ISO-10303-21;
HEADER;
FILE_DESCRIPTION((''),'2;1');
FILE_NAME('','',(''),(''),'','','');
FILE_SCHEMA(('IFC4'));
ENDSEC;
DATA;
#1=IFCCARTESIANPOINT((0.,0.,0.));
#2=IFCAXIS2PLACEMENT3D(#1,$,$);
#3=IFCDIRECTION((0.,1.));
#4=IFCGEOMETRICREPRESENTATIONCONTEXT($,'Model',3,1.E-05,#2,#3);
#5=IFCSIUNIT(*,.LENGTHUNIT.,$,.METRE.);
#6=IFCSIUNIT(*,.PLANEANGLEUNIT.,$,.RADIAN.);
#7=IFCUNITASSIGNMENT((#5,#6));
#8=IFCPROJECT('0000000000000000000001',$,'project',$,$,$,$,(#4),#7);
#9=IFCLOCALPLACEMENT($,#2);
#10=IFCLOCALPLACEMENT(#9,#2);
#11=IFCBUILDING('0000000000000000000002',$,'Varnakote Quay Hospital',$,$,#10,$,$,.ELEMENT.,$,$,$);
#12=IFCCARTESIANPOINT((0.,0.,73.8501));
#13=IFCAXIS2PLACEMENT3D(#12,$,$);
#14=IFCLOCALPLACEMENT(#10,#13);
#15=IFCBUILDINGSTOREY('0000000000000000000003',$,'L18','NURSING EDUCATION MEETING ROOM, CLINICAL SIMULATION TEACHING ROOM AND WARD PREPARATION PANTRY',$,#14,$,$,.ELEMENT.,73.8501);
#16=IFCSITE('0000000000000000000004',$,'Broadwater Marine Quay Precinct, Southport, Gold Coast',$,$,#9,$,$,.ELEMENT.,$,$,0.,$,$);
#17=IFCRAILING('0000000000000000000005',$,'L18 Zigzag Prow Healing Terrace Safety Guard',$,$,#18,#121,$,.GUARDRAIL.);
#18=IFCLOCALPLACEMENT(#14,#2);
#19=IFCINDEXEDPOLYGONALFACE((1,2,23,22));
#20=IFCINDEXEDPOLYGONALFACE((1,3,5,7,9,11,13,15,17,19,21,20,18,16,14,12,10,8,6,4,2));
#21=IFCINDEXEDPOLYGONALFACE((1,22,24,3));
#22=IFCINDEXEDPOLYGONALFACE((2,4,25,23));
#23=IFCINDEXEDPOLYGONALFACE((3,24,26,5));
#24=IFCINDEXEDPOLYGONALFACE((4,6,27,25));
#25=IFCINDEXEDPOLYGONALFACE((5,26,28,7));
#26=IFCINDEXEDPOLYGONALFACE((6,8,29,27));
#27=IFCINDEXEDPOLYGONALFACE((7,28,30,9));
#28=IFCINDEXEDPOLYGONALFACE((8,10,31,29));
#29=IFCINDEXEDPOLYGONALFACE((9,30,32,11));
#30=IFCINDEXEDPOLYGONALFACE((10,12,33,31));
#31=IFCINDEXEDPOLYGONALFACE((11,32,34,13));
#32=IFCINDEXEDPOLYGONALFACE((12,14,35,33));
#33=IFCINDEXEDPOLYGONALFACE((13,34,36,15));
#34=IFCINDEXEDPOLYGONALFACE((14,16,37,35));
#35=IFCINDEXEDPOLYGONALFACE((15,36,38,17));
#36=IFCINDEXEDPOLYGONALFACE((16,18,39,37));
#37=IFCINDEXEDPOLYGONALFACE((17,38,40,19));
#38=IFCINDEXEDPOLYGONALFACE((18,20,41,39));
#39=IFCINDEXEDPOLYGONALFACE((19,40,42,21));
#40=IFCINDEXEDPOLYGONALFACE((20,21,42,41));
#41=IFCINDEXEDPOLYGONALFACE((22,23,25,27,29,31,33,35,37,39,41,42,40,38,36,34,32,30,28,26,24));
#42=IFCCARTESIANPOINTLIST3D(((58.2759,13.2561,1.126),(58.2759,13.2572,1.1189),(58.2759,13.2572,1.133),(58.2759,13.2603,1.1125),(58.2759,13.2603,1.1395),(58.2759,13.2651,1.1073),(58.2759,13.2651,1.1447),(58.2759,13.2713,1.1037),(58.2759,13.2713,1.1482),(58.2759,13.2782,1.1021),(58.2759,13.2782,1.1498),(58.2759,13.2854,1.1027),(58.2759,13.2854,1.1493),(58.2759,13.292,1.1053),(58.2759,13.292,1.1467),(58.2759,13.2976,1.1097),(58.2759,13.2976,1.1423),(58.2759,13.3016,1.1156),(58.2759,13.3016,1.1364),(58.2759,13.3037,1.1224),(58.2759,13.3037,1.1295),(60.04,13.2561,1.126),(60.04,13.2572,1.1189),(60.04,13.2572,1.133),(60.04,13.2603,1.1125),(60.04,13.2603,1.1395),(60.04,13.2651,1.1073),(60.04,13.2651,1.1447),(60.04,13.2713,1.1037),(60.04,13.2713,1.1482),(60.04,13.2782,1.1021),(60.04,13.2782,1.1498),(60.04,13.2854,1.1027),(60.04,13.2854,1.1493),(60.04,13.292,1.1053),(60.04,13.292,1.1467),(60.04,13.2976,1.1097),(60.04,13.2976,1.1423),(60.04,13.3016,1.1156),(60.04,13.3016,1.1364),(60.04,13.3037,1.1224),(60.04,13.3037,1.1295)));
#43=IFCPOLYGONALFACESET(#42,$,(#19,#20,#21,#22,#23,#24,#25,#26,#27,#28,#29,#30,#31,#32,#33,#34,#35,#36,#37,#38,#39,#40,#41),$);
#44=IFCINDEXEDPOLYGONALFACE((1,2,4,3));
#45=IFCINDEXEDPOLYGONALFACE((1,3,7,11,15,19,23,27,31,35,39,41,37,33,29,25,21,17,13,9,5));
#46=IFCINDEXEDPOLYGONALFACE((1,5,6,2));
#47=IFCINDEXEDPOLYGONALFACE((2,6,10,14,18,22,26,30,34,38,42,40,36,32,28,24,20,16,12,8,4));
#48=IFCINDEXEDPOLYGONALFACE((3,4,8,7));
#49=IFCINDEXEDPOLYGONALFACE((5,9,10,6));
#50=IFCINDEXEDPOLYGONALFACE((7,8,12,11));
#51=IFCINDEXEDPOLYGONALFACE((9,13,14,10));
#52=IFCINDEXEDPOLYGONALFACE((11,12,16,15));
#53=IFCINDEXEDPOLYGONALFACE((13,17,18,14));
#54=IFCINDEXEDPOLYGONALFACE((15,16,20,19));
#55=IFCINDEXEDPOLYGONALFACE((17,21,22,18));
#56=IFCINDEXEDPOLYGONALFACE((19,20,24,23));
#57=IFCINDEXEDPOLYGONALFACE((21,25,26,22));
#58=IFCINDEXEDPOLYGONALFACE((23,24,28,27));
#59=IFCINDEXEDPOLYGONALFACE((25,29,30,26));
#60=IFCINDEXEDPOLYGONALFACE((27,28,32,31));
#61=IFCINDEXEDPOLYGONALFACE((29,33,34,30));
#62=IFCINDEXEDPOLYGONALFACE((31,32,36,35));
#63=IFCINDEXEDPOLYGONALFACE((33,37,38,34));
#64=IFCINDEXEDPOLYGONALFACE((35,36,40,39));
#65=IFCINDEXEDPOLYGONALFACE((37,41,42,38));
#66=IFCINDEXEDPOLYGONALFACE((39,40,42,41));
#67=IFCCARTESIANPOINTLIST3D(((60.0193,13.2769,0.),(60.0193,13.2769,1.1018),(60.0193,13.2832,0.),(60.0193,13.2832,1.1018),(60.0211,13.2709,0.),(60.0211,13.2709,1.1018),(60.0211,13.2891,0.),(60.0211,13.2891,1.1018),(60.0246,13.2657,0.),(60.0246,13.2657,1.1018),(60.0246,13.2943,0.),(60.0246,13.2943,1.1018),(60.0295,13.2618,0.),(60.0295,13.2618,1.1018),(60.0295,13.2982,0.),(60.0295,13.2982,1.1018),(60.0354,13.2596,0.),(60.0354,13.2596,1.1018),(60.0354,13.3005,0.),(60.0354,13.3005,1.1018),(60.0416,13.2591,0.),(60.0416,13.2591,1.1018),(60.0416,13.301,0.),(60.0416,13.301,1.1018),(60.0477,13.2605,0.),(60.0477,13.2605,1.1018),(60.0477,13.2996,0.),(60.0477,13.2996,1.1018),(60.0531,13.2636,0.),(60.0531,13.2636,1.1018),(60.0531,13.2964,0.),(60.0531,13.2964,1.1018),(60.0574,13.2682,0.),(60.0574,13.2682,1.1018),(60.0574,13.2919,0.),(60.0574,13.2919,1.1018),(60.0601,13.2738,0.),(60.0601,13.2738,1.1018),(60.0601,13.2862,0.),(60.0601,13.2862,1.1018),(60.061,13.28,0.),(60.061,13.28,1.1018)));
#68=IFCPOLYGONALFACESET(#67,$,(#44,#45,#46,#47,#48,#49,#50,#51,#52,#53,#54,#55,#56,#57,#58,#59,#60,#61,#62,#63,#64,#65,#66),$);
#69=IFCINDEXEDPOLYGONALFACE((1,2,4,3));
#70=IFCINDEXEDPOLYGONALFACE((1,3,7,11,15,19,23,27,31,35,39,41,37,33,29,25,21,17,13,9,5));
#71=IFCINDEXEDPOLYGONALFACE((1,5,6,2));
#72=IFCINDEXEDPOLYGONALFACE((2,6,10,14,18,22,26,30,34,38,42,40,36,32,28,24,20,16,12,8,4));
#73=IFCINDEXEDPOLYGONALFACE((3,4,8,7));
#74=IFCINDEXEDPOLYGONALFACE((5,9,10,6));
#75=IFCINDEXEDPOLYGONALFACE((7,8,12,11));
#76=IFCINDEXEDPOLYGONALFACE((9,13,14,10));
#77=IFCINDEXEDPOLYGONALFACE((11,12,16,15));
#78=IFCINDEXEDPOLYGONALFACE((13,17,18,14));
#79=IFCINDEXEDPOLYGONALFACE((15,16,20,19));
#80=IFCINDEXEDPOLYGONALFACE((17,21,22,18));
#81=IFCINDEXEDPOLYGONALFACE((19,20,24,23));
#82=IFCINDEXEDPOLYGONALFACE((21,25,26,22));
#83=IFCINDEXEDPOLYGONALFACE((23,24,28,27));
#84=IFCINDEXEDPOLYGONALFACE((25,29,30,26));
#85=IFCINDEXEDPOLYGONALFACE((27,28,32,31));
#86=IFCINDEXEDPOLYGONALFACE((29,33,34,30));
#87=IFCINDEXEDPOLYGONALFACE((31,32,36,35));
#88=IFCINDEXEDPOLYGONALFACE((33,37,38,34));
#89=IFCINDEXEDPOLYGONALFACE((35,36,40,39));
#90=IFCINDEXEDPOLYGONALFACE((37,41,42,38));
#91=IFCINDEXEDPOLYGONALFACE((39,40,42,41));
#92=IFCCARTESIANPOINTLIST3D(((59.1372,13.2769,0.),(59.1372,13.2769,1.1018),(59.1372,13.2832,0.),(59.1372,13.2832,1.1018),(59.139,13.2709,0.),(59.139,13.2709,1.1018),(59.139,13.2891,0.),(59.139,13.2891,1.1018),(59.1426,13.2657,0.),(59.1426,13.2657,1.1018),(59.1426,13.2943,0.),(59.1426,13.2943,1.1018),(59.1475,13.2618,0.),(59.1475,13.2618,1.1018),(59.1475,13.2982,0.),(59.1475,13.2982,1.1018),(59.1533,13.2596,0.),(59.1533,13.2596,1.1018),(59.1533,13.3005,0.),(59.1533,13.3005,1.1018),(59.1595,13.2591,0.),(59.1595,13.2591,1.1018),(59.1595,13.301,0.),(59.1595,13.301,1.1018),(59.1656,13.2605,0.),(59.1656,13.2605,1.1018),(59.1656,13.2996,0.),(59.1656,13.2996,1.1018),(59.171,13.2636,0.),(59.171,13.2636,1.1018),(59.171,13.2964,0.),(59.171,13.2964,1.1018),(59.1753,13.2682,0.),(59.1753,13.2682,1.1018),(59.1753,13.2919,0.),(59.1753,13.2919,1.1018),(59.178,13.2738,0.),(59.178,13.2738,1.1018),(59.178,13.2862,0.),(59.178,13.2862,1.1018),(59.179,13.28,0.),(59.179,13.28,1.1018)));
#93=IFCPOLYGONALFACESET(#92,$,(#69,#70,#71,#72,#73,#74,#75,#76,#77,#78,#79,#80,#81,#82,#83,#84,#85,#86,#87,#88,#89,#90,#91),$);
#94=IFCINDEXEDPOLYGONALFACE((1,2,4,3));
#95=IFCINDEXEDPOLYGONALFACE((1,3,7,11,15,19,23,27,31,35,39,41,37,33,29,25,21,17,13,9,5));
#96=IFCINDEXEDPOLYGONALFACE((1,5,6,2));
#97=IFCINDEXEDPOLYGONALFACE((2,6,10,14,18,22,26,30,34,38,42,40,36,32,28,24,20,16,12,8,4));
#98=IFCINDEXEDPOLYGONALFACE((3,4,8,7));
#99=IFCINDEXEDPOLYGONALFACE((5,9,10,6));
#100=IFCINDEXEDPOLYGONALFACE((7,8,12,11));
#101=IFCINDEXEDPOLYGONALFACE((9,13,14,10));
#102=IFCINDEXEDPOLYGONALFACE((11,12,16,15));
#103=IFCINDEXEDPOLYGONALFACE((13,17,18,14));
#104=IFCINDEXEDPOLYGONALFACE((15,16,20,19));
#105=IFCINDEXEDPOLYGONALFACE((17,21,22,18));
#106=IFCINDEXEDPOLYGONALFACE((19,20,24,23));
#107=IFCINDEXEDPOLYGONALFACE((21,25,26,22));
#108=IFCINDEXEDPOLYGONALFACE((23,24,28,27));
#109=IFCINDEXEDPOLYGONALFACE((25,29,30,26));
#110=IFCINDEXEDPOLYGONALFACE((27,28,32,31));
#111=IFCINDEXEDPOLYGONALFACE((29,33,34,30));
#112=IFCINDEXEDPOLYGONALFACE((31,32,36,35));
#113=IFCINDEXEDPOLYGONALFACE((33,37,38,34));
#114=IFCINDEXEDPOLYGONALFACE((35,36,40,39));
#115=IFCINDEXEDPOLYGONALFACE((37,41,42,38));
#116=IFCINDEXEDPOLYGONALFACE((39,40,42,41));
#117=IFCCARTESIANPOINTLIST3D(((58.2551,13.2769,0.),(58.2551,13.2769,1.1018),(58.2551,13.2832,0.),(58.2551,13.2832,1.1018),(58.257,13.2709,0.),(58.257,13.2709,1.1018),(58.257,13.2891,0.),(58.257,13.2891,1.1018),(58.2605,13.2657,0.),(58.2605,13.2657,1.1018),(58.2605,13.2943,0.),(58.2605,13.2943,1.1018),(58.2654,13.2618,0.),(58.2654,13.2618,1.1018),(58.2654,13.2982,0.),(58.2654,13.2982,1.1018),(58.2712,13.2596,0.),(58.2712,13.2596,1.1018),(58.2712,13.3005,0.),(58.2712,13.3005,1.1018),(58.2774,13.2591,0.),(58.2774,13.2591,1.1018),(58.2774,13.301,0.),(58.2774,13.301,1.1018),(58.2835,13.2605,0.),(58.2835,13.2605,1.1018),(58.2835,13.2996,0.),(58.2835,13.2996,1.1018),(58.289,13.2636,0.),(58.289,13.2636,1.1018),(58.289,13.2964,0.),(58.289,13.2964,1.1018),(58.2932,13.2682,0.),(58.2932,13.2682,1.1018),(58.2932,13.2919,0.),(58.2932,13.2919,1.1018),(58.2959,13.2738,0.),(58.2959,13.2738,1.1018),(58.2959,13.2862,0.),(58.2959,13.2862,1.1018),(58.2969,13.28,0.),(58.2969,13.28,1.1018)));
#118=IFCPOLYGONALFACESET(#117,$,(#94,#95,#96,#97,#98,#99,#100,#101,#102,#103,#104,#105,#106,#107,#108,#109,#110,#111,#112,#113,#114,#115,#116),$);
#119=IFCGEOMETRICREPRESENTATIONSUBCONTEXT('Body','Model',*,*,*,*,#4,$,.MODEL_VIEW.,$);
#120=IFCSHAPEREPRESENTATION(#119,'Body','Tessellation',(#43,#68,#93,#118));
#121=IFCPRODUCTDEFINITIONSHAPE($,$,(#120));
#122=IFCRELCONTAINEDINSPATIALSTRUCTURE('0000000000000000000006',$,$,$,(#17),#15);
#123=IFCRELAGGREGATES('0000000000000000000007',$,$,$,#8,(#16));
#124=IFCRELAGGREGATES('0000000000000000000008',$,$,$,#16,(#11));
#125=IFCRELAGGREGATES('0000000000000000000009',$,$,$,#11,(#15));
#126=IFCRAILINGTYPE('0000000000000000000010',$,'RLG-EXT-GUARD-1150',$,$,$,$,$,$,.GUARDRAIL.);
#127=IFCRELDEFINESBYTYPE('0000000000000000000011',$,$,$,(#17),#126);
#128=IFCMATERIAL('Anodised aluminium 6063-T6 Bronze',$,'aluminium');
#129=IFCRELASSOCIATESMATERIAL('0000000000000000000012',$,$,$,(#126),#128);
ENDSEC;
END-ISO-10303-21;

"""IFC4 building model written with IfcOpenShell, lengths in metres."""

from ifc_helpers import new_model, si_unit, direction, frame, origin, origin_2d, place, context, subcontext, project, spatial, circle, extrude, material, type_object, element, save


model = new_model("IFC4")

# Units and contexts
model_context = context("Model", 3, precision=1e-05, world=origin(), true_north=direction((0.0, 1.0)))
body_context = subcontext(model_context, "Body", "Model", "MODEL_VIEW")
ifc_project = project(units=[si_unit("LENGTHUNIT", "METRE"), si_unit("PLANEANGLEUNIT", "RADIAN")], contexts=[model_context])

# Site, building, storey
site_placement = place(None, origin())
site = spatial("IfcSite", under=ifc_project, at=site_placement, Name="Broadwater Marine Quay Precinct, Southport, Gold Coast", CompositionType="ELEMENT", RefElevation=0.0)
building_placement = place(site_placement, origin())
building = spatial("IfcBuilding", under=site, at=building_placement, Name="Varnakote Quay Hospital", CompositionType="ELEMENT")
storey_placement = place(building_placement, frame((0.0, 0.0, 73.8501)))
storey = spatial("IfcBuildingStorey", under=building, at=storey_placement, Name="L18", Description="NURSING EDUCATION MEETING ROOM, CLINICAL SIMULATION TEACHING ROOM AND WARD PREPARATION PANTRY", CompositionType="ELEMENT", Elevation=73.8501)

# Railing
ifc_material_1 = material(Name="Anodised aluminium 6063-T6 Bronze", Category="aluminium")
railing_type_1 = type_object("IfcRailingType", Name="RLG-EXT-GUARD-1150", PredefinedType="GUARDRAIL", material=ifc_material_1)
railing_1_placement = place(storey_placement, frame((60.04, 13.28, 0.0)))
element("IfcRailing", 1, at=railing_1_placement, inside=storey, type_object=railing_type_1, Name="L18 Zigzag Prow Healing Terrace Safety Guard", PredefinedType="GUARDRAIL", context=body_context, shape_type="SweptSolid", body=[
    extrude(circle(Radius=0.0239, at=origin_2d()), frame((0.0, 0.0, 1.126), z_axis=(-1.0, 0.0, 0.0), x_axis=(0.0, -1.0, 0.0)), (0.0, 0.0, 1.0), 1.7642),
    extrude(circle(Radius=0.021, at=origin_2d()), origin(), (0.0, 0.0, 1.0), 1.1018),
    extrude(circle(Radius=0.021, at=origin_2d()), frame((-0.8821, 0.0, 0.0)), (0.0, 0.0, 1.0), 1.1018),
    extrude(circle(Radius=0.021, at=origin_2d()), frame((-1.7642, 0.0, 0.0)), (0.0, 0.0, 1.0), 1.1018),
])

save(model, "model.ifc")
